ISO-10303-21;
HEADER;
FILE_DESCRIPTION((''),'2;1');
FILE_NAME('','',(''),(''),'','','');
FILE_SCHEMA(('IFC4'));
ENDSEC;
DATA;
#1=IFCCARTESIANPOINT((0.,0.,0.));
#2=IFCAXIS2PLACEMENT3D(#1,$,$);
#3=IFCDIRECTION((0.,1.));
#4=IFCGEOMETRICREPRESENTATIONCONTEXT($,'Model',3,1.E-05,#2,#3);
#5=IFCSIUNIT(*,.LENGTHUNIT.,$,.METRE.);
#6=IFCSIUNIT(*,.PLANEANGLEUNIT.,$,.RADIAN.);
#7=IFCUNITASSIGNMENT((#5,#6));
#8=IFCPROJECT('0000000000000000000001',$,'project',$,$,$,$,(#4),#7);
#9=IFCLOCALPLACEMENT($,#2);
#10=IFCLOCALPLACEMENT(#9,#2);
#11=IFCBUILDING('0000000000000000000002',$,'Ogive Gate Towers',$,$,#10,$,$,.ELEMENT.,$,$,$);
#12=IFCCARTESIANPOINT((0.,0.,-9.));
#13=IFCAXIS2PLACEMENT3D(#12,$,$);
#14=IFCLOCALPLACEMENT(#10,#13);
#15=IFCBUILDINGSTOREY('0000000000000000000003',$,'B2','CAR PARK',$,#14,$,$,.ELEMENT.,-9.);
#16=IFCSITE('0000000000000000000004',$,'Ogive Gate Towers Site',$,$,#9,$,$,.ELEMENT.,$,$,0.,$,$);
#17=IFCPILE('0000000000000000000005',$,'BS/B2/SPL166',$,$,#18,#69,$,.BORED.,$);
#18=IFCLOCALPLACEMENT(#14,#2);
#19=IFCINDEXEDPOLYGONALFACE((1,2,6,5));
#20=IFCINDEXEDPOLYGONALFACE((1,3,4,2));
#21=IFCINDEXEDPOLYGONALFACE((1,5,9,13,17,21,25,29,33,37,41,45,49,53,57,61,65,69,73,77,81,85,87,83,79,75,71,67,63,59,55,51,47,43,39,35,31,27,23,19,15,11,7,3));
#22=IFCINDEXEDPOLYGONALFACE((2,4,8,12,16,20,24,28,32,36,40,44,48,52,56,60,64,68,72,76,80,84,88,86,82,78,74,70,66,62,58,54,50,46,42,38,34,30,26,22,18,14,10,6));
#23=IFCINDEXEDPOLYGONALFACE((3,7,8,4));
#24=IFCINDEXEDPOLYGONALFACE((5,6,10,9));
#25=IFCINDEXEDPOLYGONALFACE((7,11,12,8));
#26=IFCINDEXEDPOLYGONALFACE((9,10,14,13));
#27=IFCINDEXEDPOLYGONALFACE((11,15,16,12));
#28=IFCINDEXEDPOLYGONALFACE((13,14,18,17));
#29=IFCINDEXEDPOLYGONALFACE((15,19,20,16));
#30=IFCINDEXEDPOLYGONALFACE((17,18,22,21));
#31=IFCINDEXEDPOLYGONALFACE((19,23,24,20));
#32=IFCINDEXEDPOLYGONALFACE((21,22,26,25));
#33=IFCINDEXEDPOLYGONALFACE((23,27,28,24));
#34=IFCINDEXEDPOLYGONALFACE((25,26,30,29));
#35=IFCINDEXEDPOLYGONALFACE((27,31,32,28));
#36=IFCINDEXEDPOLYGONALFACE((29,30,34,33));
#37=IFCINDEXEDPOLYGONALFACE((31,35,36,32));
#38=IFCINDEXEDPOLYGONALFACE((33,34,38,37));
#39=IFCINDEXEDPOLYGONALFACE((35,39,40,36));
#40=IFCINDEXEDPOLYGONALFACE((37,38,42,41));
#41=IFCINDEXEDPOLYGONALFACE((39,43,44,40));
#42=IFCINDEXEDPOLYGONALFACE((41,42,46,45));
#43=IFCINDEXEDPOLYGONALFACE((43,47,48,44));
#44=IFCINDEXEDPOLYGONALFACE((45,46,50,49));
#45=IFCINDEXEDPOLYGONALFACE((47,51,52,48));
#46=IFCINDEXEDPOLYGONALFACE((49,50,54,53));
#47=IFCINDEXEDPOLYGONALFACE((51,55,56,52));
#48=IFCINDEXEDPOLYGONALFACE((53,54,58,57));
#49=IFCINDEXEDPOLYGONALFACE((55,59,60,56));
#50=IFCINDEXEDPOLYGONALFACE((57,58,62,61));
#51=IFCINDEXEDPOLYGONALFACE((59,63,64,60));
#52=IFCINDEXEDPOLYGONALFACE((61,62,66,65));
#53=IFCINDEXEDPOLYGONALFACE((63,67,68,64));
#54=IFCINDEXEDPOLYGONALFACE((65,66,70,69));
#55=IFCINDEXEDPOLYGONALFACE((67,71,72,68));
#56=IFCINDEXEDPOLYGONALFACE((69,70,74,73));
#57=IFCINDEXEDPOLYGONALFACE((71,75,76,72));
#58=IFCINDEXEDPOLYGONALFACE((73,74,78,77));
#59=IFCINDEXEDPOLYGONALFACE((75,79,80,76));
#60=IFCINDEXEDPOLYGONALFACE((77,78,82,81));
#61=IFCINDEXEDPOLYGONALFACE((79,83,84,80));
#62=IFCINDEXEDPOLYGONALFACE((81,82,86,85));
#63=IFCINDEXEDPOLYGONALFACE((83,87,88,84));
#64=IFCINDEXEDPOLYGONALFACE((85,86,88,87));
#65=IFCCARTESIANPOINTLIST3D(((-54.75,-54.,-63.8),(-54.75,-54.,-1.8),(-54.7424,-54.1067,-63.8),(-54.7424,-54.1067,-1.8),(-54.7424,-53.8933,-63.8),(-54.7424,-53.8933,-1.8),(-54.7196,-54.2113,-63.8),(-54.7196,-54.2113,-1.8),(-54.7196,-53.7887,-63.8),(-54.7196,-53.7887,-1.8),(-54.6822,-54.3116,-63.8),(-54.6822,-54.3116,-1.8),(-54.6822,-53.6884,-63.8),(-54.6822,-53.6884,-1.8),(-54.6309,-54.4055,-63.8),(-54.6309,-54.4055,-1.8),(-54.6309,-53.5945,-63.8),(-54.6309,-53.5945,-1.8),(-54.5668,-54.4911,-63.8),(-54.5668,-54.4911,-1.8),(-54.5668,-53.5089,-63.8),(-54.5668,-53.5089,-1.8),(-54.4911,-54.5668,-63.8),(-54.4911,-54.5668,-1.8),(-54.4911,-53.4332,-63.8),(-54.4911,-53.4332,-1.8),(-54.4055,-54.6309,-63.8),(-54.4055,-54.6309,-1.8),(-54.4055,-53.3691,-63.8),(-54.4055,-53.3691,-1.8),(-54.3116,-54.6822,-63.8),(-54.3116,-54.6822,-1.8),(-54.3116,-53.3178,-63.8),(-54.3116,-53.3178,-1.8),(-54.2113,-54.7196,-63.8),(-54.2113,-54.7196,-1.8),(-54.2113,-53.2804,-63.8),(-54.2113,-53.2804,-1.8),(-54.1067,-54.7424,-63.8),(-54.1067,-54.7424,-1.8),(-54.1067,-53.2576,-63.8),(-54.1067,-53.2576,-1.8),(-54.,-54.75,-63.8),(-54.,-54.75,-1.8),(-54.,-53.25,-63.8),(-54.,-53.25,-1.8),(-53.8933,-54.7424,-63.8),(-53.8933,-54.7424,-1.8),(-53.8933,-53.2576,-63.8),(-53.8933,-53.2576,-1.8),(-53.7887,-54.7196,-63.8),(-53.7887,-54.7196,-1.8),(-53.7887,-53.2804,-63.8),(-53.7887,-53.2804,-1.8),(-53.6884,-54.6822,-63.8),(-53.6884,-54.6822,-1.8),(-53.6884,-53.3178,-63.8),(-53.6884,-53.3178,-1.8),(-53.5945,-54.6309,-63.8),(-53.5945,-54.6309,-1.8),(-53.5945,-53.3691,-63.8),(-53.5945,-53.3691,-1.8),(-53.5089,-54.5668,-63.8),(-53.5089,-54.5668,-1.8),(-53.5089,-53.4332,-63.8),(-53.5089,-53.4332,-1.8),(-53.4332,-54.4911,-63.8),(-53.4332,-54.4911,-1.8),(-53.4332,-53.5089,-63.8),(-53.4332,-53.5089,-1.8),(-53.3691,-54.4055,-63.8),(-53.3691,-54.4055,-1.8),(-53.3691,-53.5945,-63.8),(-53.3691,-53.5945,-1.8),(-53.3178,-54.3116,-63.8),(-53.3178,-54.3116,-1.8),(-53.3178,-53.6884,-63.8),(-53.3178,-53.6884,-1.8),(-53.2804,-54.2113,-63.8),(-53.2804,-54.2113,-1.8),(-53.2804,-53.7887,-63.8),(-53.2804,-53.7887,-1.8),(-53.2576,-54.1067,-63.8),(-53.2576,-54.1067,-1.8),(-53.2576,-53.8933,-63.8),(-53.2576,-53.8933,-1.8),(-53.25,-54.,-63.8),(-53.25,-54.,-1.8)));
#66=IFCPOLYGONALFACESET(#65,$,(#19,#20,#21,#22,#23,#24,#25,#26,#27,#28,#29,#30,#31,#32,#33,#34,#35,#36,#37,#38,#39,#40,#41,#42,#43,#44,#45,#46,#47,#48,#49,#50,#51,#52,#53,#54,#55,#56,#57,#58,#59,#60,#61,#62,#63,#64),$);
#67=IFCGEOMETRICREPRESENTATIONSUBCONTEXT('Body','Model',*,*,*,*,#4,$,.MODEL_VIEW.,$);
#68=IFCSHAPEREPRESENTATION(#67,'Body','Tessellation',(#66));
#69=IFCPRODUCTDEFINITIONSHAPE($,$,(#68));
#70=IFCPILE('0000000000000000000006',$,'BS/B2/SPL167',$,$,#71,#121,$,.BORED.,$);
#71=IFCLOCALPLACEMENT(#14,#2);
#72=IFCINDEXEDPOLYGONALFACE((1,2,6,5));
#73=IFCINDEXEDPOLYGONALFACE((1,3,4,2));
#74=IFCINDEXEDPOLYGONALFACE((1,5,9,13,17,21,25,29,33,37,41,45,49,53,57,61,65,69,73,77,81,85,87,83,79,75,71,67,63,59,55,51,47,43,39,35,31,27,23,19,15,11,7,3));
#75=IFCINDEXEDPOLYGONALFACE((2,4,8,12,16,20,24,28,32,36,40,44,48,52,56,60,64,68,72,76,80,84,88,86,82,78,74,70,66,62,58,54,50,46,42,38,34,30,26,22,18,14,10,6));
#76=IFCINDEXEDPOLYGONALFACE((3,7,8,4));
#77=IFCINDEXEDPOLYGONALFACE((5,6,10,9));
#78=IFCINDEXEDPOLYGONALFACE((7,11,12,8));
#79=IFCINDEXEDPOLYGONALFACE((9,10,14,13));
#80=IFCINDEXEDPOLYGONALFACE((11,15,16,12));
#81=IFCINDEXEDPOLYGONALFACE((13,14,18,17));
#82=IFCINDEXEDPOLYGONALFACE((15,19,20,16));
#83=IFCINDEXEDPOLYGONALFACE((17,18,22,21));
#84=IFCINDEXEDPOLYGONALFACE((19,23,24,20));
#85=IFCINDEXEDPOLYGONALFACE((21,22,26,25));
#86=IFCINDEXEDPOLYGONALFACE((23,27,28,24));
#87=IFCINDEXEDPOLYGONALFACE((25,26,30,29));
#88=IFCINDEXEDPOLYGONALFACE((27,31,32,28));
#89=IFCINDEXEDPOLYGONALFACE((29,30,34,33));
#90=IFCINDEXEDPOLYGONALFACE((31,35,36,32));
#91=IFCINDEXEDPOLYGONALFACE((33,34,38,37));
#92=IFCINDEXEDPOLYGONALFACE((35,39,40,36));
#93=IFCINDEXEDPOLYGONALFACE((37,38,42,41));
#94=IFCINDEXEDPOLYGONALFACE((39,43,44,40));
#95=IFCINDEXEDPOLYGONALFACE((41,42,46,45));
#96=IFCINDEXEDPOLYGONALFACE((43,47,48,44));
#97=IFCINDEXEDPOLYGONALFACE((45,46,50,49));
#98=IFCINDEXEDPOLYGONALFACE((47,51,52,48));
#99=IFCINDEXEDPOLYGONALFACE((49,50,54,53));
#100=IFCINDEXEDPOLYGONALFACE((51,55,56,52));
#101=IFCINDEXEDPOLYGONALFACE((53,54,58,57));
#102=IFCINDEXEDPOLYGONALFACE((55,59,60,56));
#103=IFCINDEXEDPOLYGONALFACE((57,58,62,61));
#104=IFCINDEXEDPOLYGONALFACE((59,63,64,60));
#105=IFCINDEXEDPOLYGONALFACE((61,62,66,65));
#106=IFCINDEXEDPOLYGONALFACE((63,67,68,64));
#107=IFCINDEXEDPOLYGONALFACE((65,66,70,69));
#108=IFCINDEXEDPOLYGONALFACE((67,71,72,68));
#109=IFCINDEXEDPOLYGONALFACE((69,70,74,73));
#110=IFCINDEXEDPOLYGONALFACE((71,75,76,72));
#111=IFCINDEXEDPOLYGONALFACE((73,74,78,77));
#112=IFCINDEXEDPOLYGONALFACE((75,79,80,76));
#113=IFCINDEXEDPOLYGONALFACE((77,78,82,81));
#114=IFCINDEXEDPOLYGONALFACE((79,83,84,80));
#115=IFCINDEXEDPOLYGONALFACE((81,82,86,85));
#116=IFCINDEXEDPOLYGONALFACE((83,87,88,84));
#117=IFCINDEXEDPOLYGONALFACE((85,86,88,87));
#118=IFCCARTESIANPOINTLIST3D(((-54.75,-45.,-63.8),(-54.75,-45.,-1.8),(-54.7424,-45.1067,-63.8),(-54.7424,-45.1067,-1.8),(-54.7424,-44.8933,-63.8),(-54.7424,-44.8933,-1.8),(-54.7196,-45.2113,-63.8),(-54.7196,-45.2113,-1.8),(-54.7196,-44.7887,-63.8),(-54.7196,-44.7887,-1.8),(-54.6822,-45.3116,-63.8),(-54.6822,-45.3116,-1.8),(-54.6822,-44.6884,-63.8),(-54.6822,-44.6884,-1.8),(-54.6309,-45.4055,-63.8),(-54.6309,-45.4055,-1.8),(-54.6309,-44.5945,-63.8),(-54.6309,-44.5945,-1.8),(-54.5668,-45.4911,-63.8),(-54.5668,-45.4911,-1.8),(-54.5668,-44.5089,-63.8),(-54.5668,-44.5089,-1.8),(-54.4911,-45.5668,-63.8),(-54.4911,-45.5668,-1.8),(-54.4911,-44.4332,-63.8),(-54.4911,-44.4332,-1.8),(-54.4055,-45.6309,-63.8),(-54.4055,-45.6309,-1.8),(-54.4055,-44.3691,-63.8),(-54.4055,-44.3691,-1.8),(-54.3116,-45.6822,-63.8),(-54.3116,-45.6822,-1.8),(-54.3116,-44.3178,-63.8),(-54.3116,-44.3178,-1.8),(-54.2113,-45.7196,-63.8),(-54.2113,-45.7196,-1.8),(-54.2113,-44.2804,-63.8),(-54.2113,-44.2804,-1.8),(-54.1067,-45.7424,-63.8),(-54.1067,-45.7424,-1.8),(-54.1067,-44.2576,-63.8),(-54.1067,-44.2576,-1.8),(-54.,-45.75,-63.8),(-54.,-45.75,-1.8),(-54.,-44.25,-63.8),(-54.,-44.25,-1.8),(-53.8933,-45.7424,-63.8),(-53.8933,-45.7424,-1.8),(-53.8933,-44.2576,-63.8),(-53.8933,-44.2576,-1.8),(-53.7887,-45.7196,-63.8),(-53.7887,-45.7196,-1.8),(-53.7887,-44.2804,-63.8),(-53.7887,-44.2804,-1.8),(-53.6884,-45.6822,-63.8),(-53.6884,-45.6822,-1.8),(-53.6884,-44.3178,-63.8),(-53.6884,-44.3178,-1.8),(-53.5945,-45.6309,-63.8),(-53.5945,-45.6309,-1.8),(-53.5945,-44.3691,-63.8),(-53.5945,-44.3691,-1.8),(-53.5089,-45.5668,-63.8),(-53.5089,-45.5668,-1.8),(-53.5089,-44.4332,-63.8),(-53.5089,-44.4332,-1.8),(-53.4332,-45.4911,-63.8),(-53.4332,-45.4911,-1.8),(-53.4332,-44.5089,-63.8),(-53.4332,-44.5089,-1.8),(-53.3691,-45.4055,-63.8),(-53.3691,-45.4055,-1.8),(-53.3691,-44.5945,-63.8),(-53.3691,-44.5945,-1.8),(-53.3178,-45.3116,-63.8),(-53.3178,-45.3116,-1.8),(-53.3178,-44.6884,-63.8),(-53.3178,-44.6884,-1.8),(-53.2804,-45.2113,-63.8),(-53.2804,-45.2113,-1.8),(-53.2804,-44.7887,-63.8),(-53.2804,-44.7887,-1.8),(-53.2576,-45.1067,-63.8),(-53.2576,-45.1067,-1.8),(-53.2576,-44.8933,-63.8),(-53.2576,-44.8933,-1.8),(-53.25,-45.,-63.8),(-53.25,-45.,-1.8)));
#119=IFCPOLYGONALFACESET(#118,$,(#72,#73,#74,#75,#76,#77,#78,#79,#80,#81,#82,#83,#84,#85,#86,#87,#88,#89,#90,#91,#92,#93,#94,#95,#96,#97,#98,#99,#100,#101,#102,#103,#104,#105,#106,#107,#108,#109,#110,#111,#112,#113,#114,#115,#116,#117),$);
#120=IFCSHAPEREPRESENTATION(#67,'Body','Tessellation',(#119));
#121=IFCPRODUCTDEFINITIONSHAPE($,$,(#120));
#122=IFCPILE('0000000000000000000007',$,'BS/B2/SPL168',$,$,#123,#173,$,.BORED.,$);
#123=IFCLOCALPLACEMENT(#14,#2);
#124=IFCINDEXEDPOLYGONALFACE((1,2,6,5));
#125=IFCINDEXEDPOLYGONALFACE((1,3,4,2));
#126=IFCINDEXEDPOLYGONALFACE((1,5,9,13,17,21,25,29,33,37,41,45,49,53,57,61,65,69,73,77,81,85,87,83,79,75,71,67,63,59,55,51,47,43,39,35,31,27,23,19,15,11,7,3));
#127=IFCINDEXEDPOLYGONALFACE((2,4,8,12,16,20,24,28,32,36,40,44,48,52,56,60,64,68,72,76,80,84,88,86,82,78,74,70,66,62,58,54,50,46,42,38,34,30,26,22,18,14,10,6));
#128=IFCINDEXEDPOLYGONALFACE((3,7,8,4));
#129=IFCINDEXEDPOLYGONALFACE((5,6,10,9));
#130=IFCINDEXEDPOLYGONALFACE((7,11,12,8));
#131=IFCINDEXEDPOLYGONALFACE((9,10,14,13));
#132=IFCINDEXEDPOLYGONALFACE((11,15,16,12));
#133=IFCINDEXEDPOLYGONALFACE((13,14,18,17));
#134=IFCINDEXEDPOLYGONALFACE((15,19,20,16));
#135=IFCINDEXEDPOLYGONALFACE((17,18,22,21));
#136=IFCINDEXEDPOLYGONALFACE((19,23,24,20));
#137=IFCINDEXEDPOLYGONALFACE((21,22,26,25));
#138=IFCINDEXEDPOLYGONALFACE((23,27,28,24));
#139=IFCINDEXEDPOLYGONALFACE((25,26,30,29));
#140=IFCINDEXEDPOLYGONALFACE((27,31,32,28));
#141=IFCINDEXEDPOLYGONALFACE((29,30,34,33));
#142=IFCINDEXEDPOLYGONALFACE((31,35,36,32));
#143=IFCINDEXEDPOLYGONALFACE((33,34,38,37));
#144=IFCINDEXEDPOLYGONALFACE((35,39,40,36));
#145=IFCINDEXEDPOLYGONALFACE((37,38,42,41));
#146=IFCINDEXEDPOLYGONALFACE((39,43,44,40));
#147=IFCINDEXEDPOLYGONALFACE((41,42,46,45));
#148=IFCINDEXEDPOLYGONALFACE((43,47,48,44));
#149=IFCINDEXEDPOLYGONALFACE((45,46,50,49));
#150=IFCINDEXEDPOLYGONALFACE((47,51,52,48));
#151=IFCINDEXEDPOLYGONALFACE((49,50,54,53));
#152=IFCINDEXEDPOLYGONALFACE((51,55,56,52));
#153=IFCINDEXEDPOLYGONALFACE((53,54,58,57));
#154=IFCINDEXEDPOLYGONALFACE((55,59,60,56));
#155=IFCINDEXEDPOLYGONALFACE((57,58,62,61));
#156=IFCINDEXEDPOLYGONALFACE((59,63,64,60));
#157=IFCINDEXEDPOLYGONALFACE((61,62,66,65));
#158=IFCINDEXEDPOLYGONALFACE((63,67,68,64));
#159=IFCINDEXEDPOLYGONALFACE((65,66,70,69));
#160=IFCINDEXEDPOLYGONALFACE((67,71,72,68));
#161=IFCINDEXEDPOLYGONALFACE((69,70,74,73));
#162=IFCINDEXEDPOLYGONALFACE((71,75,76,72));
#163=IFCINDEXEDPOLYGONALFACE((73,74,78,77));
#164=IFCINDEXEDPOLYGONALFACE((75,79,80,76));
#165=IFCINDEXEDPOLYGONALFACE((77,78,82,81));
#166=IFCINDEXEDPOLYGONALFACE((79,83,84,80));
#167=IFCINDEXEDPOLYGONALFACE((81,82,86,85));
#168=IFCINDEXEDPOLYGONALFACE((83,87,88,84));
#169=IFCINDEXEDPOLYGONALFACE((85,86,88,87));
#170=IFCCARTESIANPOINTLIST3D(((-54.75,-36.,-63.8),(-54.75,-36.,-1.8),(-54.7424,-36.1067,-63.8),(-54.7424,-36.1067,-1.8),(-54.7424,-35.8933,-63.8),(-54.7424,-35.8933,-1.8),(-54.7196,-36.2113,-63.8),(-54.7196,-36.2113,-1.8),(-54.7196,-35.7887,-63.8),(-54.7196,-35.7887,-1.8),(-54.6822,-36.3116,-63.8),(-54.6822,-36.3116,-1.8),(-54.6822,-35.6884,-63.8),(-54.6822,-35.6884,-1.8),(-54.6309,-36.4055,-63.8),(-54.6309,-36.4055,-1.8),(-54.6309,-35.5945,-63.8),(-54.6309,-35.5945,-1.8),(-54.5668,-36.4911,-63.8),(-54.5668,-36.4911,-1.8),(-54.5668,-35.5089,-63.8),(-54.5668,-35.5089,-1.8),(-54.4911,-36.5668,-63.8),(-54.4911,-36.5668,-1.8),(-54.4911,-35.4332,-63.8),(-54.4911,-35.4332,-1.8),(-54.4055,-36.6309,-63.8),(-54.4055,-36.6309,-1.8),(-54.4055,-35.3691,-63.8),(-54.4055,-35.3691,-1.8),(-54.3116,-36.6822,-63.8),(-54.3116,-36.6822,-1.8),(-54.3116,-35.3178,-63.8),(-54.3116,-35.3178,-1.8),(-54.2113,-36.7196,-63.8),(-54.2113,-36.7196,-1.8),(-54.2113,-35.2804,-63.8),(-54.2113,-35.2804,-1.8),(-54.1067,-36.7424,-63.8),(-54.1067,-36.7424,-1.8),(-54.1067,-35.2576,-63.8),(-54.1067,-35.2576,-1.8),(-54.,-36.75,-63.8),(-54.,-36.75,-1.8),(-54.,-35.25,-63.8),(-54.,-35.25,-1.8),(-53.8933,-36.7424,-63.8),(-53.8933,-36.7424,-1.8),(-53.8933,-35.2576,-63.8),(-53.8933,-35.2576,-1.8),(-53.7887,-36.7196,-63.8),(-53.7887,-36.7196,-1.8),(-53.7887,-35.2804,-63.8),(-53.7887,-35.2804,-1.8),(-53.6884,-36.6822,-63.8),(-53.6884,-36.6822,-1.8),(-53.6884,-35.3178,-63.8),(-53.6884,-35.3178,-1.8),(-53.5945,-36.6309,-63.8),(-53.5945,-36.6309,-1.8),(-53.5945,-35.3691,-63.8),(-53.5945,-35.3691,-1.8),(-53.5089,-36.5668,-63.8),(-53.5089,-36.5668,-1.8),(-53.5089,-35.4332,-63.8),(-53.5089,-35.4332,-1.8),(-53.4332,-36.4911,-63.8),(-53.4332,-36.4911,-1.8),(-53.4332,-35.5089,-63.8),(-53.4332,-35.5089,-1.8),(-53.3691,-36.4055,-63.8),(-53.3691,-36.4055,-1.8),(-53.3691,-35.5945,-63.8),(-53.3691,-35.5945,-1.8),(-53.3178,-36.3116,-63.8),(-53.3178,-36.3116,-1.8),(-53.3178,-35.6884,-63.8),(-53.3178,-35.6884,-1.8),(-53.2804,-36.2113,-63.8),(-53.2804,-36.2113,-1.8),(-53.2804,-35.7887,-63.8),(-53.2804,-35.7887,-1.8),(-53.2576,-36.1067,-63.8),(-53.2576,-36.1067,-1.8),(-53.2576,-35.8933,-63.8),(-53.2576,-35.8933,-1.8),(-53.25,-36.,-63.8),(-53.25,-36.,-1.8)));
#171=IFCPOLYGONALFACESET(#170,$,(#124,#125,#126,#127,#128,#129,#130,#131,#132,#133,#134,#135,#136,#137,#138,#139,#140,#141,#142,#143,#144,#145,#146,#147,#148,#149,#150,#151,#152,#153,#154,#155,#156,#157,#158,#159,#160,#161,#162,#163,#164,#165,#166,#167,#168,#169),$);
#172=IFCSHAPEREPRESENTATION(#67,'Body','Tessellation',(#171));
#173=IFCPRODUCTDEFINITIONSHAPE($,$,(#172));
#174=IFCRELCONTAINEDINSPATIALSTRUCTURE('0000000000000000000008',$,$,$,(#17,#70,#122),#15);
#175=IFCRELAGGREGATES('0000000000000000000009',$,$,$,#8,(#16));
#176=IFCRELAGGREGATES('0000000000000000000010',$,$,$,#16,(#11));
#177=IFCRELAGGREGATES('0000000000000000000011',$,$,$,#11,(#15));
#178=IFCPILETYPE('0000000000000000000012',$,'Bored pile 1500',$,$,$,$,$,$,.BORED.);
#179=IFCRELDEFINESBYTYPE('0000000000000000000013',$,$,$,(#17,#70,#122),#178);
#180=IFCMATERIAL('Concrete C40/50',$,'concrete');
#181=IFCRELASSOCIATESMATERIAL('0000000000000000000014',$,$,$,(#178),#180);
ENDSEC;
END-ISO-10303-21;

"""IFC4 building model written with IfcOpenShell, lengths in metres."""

from ifc_helpers import new_model, si_unit, direction, frame, origin, origin_2d, place, context, subcontext, project, spatial, circle, extrude, material, material_profile, profile_set, type_object, element, save


model = new_model("IFC4")

# Units and contexts
model_context = context("Model", 3, precision=1e-05, world=origin(), true_north=direction((0.0, 1.0)))
body_context = subcontext(model_context, "Body", "Model", "MODEL_VIEW")
ifc_project = project(units=[si_unit("LENGTHUNIT", "METRE"), si_unit("PLANEANGLEUNIT", "RADIAN")], contexts=[model_context])

# Site, building, storey
site_placement = place(None, origin())
site = spatial("IfcSite", under=ifc_project, at=site_placement, Name="Ogive Gate Towers Site", CompositionType="ELEMENT", RefElevation=0.0)
building_placement = place(site_placement, origin())
building = spatial("IfcBuilding", under=site, at=building_placement, Name="Ogive Gate Towers", CompositionType="ELEMENT")
storey_placement = place(building_placement, frame((0.0, 0.0, -9.0)))
storey = spatial("IfcBuildingStorey", under=building, at=storey_placement, Name="B2", Description="CAR PARK", CompositionType="ELEMENT", Elevation=-9.0)

# Piles
ifc_material_1 = material(Name="Concrete C40/50", Category="concrete")
ifc_material_profile_1 = material_profile(ifc_material_1, circle(Radius=0.75, at=origin_2d()), Name="BP 1500")
ifc_profile_set_1 = profile_set([ifc_material_profile_1], Name="Concrete C40/50")
pile_type = type_object("IfcPileType", Name="Bored pile 1500", PredefinedType="BORED", material=ifc_profile_set_1)
for number, where, z_axis, x_axis, name in (
    (1, (-54.0, -54.0, -1.8), (0.0, 0.0, -1.0), (1.0, 0.0, 0.0), "BS/B2/SPL166"),
    (2, (-54.0, -45.0, -1.8), (0.0, 0.0, -1.0), (1.0, 0.0, 0.0), "BS/B2/SPL167"),
    (3, (-54.0, -36.0, -1.8), (0.0, 0.0, -1.0), (1.0, 0.0, 0.0), "BS/B2/SPL168"),
):
    element("IfcPile", number, at=place(storey_placement, frame(where, z_axis=z_axis, x_axis=x_axis)), inside=storey, type_object=pile_type, Name=name, PredefinedType="BORED", context=body_context, shape_type="SweptSolid", body=[
        extrude(circle(Radius=0.75, at=origin_2d()), origin(), (0.0, 0.0, 1.0), 62.0),
    ])

save(model, "model.ifc")
